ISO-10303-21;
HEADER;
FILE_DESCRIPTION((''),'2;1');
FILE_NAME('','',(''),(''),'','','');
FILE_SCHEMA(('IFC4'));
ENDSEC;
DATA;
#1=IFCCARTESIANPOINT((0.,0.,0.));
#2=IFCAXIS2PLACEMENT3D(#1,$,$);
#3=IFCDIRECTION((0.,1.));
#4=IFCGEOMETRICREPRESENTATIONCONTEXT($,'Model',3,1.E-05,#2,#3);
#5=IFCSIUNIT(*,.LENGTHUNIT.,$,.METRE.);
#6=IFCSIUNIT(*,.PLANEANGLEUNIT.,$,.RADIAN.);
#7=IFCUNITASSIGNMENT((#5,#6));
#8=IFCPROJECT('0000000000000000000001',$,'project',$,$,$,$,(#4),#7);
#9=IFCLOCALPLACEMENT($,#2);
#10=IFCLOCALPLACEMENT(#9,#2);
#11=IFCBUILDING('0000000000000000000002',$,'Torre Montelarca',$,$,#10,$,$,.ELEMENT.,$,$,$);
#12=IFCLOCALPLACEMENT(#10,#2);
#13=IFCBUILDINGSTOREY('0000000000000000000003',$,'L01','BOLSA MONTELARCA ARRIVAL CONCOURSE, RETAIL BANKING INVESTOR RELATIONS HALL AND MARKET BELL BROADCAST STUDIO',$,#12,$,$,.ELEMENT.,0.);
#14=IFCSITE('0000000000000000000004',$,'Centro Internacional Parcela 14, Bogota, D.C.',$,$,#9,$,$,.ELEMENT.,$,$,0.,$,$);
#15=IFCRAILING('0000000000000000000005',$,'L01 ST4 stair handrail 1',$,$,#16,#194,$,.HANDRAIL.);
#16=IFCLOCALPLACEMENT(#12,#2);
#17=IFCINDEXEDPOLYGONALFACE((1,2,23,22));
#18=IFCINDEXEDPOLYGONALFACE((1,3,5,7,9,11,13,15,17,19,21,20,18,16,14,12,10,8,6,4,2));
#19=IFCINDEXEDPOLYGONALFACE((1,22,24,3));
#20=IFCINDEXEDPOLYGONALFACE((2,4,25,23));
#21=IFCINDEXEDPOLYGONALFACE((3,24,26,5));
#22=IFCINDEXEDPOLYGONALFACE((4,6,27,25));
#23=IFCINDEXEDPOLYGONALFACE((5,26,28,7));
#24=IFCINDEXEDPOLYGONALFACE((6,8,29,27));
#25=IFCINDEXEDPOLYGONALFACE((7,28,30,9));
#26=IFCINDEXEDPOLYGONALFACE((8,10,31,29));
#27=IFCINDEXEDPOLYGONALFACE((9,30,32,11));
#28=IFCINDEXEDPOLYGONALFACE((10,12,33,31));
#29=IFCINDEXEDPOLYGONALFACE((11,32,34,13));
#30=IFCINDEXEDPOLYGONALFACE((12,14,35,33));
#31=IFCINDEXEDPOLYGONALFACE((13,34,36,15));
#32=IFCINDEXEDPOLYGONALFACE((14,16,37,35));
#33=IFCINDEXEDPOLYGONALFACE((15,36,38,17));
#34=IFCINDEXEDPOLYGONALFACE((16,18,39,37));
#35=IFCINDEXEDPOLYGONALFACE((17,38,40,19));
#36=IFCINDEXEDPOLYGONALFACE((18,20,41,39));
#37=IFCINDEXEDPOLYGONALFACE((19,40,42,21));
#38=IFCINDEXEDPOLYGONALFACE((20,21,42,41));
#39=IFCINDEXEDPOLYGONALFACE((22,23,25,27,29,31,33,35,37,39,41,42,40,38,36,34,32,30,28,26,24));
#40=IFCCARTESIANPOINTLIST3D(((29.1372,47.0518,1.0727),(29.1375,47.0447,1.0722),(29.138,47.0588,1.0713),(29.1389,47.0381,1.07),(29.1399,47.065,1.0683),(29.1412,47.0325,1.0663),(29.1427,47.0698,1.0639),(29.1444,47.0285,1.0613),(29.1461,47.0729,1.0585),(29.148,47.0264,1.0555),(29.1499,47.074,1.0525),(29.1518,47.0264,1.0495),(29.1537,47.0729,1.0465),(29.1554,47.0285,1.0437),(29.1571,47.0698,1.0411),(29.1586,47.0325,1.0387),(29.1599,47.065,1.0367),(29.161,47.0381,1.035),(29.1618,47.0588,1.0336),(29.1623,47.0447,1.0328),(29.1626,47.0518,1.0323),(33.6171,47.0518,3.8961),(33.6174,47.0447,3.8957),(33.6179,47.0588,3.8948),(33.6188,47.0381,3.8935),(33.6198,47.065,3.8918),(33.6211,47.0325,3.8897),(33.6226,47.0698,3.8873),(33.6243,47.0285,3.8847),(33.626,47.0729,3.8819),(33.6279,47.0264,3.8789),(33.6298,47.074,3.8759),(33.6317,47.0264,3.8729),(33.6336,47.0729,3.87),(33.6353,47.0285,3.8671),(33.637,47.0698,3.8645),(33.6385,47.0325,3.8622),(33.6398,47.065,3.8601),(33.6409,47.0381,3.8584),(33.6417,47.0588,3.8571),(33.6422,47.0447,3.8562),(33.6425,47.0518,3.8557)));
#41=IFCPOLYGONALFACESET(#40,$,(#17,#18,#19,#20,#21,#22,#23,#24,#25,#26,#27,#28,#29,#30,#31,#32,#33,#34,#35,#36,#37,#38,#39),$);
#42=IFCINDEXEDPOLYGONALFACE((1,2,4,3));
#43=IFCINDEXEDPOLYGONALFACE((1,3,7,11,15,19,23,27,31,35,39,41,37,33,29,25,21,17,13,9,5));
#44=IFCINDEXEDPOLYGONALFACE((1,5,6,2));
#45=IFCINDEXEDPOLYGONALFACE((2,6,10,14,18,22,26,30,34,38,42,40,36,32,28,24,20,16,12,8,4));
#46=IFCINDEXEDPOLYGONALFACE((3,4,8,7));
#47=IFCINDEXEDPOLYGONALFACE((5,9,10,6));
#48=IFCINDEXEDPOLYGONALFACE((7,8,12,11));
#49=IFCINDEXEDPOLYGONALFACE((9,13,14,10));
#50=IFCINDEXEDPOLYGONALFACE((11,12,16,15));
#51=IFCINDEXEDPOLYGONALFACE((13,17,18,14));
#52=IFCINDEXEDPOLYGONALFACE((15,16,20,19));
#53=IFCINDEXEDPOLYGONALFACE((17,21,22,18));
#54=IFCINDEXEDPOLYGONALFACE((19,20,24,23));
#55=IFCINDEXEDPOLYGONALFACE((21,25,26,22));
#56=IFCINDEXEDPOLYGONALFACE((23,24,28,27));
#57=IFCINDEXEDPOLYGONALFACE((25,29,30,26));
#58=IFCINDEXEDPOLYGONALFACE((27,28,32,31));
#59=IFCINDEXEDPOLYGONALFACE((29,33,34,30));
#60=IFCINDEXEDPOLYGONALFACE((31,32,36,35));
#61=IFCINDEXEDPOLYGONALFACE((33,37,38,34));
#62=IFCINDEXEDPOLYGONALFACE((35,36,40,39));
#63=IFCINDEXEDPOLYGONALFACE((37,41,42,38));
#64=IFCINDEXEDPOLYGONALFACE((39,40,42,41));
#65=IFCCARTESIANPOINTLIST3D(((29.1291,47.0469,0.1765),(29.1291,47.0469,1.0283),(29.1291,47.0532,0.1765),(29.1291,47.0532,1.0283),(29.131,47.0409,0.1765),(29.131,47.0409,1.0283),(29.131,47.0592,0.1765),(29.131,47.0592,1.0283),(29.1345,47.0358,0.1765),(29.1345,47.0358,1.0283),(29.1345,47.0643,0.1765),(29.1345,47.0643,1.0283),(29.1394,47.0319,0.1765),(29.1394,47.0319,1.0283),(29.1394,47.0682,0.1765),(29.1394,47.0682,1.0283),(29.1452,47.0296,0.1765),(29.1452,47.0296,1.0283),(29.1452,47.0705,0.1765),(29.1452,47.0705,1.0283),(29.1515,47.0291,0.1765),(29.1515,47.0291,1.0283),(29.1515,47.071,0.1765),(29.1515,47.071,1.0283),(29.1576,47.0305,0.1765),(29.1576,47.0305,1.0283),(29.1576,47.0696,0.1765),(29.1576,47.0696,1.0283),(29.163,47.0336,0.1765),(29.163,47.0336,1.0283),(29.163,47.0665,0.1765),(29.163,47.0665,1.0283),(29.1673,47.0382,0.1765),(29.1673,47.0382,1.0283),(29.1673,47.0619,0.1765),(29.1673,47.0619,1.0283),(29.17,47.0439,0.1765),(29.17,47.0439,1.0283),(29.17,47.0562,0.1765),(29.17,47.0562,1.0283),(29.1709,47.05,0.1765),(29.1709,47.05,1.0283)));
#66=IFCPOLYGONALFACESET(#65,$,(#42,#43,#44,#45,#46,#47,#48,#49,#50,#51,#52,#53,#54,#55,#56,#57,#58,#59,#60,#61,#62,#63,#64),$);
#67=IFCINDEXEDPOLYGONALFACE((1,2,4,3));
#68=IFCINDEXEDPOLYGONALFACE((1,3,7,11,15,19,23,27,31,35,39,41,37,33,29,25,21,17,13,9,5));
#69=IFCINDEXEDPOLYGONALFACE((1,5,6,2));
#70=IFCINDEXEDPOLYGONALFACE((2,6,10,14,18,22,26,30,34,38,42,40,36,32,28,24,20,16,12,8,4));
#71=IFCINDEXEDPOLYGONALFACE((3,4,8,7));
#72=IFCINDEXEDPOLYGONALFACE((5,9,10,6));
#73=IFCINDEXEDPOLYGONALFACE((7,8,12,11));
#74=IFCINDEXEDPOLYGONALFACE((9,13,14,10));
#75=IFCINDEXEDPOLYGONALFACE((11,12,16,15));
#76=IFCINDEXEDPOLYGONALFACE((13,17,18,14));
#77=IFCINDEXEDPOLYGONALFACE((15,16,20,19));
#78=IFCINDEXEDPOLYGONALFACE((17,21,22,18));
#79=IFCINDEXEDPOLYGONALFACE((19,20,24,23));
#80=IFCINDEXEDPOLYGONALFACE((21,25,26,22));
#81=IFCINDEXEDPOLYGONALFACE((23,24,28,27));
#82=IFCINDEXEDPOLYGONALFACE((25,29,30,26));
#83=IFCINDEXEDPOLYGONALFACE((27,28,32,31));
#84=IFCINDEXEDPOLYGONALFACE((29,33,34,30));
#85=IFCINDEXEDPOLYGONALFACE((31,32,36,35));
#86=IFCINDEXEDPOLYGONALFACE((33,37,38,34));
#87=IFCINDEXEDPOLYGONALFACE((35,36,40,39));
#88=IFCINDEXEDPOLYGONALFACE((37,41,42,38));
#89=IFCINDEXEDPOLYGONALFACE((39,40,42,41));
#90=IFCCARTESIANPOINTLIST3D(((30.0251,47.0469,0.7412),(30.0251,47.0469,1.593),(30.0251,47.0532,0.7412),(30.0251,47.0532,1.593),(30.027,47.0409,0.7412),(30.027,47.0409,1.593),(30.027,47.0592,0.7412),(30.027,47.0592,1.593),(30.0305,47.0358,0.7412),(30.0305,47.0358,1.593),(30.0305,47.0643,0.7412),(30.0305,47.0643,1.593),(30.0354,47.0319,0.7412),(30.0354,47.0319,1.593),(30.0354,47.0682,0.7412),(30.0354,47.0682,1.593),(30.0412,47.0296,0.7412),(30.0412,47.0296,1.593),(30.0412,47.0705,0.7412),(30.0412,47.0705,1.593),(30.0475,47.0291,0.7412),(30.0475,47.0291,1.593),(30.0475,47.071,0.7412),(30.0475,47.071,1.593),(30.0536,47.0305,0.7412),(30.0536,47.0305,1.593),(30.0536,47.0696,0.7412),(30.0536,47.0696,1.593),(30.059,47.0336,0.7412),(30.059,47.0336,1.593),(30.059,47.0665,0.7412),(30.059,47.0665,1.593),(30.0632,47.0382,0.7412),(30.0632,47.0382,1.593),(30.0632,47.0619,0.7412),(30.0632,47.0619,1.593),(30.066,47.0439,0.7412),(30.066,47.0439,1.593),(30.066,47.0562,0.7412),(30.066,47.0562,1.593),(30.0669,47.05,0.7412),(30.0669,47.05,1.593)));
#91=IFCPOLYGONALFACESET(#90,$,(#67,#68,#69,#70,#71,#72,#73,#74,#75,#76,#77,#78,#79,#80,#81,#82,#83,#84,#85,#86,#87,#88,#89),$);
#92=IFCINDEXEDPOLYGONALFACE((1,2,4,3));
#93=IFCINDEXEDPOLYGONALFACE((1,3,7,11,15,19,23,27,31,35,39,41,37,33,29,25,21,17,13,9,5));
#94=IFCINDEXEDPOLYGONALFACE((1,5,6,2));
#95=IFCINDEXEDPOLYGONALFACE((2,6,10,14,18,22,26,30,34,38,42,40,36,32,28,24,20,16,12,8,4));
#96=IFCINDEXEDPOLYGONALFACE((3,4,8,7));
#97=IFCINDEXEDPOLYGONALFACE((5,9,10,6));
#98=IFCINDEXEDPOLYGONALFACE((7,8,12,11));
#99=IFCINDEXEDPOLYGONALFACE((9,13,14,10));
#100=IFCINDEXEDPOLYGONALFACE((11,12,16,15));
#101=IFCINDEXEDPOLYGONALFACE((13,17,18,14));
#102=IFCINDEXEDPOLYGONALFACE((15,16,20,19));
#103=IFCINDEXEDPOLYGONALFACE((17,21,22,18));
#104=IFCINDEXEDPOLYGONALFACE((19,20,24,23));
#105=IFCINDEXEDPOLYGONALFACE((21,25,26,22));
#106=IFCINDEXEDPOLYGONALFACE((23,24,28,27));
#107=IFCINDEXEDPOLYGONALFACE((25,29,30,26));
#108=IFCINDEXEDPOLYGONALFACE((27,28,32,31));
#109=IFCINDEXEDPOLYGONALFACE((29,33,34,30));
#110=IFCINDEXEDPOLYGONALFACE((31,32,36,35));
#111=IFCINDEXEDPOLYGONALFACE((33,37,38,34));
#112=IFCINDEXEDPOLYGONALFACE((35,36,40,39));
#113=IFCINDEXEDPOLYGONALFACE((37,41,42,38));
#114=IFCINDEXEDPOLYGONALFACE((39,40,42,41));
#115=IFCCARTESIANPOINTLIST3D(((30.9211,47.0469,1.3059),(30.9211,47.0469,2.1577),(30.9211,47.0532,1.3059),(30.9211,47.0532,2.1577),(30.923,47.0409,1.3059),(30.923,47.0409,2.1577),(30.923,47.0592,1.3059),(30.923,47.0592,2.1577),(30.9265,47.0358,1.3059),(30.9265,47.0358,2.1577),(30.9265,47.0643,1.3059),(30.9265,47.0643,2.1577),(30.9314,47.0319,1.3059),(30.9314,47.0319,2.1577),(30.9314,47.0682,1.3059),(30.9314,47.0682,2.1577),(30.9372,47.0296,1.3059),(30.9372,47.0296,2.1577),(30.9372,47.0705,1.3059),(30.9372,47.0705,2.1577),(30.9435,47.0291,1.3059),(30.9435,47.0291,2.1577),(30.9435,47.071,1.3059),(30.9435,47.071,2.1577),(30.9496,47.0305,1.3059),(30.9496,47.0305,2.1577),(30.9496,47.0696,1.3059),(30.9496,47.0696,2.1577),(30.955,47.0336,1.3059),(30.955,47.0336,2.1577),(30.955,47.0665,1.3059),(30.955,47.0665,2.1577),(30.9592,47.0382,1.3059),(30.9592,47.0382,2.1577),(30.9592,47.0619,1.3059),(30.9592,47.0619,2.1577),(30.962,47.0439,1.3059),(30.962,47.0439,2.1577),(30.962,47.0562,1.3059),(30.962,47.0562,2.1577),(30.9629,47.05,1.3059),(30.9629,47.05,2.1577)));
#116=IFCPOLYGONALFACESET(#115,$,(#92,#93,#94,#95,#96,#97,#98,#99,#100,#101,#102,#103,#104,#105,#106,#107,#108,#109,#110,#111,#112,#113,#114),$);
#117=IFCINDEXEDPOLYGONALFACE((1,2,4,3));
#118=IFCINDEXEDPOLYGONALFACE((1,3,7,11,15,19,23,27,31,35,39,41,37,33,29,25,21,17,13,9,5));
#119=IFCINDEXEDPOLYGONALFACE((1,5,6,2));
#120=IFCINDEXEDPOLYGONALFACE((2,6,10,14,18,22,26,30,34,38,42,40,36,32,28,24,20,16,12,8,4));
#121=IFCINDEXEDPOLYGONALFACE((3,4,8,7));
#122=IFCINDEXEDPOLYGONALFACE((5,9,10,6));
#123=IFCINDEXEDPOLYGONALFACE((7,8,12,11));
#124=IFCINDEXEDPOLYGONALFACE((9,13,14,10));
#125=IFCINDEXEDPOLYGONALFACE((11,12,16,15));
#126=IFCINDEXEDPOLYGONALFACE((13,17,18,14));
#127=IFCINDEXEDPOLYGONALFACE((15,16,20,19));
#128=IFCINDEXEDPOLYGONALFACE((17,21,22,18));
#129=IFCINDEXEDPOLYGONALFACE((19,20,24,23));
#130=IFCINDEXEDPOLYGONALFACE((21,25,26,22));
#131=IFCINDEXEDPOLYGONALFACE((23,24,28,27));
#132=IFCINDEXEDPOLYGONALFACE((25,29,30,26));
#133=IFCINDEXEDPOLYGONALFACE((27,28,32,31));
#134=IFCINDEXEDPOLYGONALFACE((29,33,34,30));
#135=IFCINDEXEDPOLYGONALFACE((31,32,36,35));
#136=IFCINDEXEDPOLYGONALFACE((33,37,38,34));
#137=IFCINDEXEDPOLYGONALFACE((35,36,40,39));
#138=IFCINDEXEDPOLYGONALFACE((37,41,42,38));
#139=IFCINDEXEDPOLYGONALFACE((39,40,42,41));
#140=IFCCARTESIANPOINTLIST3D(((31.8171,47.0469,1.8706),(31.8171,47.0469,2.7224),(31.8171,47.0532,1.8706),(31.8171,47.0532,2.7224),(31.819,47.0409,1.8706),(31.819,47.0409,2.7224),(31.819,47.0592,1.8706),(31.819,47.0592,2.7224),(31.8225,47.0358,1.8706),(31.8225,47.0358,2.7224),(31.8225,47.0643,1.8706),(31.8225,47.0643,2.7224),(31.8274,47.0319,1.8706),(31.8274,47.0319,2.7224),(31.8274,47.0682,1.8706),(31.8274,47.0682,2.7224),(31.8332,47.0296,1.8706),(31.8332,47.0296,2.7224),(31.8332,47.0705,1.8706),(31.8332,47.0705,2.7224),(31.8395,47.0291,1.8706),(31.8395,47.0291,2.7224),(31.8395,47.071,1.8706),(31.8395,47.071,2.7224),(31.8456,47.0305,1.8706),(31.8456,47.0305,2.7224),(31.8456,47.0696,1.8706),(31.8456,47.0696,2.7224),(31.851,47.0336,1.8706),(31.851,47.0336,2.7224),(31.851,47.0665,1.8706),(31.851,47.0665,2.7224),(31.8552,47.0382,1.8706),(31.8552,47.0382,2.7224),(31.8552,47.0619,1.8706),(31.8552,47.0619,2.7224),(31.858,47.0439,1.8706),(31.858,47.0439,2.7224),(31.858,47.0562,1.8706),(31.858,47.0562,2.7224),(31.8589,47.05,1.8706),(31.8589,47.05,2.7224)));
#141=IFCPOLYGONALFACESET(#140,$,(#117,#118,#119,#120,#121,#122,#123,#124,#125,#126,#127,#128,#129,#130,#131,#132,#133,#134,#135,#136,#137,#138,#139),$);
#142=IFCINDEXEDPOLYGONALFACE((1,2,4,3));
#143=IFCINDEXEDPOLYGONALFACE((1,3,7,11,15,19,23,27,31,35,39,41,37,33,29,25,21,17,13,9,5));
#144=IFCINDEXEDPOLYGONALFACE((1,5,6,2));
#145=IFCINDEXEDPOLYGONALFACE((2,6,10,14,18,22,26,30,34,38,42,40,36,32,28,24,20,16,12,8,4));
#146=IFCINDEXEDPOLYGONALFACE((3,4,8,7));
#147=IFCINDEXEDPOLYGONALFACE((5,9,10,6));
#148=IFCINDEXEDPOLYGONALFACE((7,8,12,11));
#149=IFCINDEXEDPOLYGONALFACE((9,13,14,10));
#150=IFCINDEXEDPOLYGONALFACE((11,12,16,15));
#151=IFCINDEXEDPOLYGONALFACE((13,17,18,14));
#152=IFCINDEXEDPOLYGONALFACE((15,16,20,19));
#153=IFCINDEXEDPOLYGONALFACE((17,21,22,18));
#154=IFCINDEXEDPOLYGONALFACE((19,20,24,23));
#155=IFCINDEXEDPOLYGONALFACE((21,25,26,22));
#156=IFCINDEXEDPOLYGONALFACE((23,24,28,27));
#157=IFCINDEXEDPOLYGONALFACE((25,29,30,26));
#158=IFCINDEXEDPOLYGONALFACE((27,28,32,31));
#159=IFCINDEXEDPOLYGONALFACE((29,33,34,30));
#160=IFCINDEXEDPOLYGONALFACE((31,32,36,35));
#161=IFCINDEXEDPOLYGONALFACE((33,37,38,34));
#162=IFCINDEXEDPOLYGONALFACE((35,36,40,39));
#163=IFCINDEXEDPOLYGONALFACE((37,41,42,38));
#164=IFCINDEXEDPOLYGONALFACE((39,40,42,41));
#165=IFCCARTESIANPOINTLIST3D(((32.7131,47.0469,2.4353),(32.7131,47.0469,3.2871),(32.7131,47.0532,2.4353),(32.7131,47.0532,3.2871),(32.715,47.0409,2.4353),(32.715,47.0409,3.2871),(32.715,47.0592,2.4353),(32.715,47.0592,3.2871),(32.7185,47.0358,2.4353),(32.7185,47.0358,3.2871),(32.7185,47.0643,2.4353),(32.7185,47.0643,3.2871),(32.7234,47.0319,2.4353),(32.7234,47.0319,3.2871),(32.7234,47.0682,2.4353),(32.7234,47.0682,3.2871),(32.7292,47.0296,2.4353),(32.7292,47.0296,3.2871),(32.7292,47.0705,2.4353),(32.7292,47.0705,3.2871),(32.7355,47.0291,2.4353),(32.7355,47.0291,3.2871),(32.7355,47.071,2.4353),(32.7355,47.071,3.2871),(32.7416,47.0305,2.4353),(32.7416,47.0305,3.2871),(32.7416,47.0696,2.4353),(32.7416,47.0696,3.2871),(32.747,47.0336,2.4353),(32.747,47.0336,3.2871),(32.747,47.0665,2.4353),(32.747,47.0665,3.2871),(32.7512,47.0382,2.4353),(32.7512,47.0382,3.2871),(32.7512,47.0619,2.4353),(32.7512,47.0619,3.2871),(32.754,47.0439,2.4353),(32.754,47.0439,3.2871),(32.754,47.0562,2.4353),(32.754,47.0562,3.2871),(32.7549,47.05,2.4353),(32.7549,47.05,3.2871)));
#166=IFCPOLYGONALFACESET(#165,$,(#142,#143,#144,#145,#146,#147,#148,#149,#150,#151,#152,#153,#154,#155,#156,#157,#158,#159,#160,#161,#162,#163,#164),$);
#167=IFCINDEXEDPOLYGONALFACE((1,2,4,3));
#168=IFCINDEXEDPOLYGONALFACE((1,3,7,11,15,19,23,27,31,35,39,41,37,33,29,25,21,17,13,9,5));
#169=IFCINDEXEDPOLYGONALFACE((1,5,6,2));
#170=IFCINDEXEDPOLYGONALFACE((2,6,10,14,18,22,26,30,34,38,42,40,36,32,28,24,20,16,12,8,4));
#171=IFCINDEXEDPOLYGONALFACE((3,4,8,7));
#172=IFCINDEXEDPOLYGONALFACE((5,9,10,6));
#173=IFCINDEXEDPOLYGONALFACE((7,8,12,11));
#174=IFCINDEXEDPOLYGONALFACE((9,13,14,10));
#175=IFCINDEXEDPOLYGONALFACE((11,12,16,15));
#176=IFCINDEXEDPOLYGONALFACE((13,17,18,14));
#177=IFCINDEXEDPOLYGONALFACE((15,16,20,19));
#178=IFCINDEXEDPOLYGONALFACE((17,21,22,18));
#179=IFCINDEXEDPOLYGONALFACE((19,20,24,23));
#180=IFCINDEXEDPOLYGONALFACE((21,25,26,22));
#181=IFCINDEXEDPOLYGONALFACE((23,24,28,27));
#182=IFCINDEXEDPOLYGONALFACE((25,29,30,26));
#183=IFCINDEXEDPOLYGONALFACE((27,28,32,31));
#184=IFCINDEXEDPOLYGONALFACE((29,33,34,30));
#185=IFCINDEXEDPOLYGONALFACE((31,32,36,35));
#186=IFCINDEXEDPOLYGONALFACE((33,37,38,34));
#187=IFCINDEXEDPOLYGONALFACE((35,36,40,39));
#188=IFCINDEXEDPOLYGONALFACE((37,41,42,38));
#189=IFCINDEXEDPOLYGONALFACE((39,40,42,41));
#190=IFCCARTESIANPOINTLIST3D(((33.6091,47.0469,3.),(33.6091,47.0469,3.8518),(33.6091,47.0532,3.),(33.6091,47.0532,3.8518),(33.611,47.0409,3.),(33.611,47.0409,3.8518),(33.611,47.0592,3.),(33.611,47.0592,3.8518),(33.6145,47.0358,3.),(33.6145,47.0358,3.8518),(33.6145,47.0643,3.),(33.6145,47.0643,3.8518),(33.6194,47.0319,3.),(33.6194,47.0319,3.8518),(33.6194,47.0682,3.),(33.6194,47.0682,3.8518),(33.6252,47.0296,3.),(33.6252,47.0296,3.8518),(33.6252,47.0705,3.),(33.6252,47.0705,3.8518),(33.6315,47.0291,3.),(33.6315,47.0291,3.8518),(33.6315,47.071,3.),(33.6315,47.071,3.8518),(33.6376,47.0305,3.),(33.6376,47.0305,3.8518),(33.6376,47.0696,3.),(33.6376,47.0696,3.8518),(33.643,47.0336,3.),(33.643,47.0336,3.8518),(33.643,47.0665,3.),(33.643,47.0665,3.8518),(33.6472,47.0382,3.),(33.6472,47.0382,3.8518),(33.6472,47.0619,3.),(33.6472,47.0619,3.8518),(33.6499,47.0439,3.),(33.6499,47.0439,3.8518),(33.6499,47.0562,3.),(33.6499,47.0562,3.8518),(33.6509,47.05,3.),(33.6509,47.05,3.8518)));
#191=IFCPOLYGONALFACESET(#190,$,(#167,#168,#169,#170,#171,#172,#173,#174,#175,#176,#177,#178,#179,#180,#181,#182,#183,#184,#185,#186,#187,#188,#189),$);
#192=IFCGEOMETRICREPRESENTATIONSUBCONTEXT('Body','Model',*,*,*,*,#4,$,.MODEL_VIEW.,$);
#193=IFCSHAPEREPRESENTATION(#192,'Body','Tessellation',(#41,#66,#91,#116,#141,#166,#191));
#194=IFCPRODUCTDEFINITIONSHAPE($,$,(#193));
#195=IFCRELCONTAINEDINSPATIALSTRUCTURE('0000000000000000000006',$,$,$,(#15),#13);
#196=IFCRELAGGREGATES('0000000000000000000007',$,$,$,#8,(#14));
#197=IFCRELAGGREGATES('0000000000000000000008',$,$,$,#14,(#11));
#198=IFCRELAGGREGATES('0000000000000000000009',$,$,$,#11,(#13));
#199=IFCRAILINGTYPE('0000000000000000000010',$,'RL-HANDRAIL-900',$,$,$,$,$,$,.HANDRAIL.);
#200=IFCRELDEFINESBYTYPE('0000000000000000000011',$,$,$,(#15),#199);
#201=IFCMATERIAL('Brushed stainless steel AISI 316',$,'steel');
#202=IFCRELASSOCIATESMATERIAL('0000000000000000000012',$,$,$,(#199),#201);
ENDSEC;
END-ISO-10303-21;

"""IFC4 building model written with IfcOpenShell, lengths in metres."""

from ifc_helpers import new_model, si_unit, direction, frame, origin, origin_2d, place, context, subcontext, project, spatial, circle, extrude, material, type_object, element, save


model = new_model("IFC4")

# Units and contexts
model_context = context("Model", 3, precision=1e-05, world=origin(), true_north=direction((0.0, 1.0)))
body_context = subcontext(model_context, "Body", "Model", "MODEL_VIEW")
ifc_project = project(units=[si_unit("LENGTHUNIT", "METRE"), si_unit("PLANEANGLEUNIT", "RADIAN")], contexts=[model_context])

# Site, building, storey
site_placement = place(None, origin())
site = spatial("IfcSite", under=ifc_project, at=site_placement, Name="Centro Internacional Parcela 14, Bogota, D.C.", CompositionType="ELEMENT", RefElevation=0.0)
building_placement = place(site_placement, origin())
building = spatial("IfcBuilding", under=site, at=building_placement, Name="Torre Montelarca", CompositionType="ELEMENT")
storey_placement = place(building_placement, origin())
storey = spatial("IfcBuildingStorey", under=building, at=storey_placement, Name="L01", Description="BOLSA MONTELARCA ARRIVAL CONCOURSE, RETAIL BANKING INVESTOR RELATIONS HALL AND MARKET BELL BROADCAST STUDIO", CompositionType="ELEMENT", Elevation=0.0)

# Railing
ifc_material_1 = material(Name="Brushed stainless steel AISI 316", Category="steel")
railing_type_1 = type_object("IfcRailingType", Name="RL-HANDRAIL-900", PredefinedType="HANDRAIL", material=ifc_material_1)
railing_1_placement = place(storey_placement, frame((29.1499, 47.05, 0.1765)))
element("IfcRailing", 1, at=railing_1_placement, inside=storey, type_object=railing_type_1, Name="L01 ST4 stair handrail 1", PredefinedType="HANDRAIL", context=body_context, shape_type="SweptSolid", body=[
    extrude(circle(Radius=0.0239, at=origin_2d()), frame((0.0, 0.0, 0.876), z_axis=(0.845998, 0.0, 0.533186), x_axis=(0.0, 1.0, 0.0)), (0.0, 0.0, 1.0), 5.2954),
    extrude(circle(Radius=0.021, at=origin_2d()), origin(), (0.0, 0.0, 1.0), 0.8518),
    extrude(circle(Radius=0.021, at=origin_2d()), frame((0.896, 0.0, 0.5647)), (0.0, 0.0, 1.0), 0.8518),
    extrude(circle(Radius=0.021, at=origin_2d()), frame((1.792, 0.0, 1.1294)), (0.0, 0.0, 1.0), 0.8518),
    extrude(circle(Radius=0.021, at=origin_2d()), frame((2.688, 0.0, 1.6941)), (0.0, 0.0, 1.0), 0.8518),
    extrude(circle(Radius=0.021, at=origin_2d()), frame((3.584, 0.0, 2.2588)), (0.0, 0.0, 1.0), 0.8518),
    extrude(circle(Radius=0.021, at=origin_2d()), frame((4.48, 0.0, 2.8235)), (0.0, 0.0, 1.0), 0.8518),
])

save(model, "model.ifc")
